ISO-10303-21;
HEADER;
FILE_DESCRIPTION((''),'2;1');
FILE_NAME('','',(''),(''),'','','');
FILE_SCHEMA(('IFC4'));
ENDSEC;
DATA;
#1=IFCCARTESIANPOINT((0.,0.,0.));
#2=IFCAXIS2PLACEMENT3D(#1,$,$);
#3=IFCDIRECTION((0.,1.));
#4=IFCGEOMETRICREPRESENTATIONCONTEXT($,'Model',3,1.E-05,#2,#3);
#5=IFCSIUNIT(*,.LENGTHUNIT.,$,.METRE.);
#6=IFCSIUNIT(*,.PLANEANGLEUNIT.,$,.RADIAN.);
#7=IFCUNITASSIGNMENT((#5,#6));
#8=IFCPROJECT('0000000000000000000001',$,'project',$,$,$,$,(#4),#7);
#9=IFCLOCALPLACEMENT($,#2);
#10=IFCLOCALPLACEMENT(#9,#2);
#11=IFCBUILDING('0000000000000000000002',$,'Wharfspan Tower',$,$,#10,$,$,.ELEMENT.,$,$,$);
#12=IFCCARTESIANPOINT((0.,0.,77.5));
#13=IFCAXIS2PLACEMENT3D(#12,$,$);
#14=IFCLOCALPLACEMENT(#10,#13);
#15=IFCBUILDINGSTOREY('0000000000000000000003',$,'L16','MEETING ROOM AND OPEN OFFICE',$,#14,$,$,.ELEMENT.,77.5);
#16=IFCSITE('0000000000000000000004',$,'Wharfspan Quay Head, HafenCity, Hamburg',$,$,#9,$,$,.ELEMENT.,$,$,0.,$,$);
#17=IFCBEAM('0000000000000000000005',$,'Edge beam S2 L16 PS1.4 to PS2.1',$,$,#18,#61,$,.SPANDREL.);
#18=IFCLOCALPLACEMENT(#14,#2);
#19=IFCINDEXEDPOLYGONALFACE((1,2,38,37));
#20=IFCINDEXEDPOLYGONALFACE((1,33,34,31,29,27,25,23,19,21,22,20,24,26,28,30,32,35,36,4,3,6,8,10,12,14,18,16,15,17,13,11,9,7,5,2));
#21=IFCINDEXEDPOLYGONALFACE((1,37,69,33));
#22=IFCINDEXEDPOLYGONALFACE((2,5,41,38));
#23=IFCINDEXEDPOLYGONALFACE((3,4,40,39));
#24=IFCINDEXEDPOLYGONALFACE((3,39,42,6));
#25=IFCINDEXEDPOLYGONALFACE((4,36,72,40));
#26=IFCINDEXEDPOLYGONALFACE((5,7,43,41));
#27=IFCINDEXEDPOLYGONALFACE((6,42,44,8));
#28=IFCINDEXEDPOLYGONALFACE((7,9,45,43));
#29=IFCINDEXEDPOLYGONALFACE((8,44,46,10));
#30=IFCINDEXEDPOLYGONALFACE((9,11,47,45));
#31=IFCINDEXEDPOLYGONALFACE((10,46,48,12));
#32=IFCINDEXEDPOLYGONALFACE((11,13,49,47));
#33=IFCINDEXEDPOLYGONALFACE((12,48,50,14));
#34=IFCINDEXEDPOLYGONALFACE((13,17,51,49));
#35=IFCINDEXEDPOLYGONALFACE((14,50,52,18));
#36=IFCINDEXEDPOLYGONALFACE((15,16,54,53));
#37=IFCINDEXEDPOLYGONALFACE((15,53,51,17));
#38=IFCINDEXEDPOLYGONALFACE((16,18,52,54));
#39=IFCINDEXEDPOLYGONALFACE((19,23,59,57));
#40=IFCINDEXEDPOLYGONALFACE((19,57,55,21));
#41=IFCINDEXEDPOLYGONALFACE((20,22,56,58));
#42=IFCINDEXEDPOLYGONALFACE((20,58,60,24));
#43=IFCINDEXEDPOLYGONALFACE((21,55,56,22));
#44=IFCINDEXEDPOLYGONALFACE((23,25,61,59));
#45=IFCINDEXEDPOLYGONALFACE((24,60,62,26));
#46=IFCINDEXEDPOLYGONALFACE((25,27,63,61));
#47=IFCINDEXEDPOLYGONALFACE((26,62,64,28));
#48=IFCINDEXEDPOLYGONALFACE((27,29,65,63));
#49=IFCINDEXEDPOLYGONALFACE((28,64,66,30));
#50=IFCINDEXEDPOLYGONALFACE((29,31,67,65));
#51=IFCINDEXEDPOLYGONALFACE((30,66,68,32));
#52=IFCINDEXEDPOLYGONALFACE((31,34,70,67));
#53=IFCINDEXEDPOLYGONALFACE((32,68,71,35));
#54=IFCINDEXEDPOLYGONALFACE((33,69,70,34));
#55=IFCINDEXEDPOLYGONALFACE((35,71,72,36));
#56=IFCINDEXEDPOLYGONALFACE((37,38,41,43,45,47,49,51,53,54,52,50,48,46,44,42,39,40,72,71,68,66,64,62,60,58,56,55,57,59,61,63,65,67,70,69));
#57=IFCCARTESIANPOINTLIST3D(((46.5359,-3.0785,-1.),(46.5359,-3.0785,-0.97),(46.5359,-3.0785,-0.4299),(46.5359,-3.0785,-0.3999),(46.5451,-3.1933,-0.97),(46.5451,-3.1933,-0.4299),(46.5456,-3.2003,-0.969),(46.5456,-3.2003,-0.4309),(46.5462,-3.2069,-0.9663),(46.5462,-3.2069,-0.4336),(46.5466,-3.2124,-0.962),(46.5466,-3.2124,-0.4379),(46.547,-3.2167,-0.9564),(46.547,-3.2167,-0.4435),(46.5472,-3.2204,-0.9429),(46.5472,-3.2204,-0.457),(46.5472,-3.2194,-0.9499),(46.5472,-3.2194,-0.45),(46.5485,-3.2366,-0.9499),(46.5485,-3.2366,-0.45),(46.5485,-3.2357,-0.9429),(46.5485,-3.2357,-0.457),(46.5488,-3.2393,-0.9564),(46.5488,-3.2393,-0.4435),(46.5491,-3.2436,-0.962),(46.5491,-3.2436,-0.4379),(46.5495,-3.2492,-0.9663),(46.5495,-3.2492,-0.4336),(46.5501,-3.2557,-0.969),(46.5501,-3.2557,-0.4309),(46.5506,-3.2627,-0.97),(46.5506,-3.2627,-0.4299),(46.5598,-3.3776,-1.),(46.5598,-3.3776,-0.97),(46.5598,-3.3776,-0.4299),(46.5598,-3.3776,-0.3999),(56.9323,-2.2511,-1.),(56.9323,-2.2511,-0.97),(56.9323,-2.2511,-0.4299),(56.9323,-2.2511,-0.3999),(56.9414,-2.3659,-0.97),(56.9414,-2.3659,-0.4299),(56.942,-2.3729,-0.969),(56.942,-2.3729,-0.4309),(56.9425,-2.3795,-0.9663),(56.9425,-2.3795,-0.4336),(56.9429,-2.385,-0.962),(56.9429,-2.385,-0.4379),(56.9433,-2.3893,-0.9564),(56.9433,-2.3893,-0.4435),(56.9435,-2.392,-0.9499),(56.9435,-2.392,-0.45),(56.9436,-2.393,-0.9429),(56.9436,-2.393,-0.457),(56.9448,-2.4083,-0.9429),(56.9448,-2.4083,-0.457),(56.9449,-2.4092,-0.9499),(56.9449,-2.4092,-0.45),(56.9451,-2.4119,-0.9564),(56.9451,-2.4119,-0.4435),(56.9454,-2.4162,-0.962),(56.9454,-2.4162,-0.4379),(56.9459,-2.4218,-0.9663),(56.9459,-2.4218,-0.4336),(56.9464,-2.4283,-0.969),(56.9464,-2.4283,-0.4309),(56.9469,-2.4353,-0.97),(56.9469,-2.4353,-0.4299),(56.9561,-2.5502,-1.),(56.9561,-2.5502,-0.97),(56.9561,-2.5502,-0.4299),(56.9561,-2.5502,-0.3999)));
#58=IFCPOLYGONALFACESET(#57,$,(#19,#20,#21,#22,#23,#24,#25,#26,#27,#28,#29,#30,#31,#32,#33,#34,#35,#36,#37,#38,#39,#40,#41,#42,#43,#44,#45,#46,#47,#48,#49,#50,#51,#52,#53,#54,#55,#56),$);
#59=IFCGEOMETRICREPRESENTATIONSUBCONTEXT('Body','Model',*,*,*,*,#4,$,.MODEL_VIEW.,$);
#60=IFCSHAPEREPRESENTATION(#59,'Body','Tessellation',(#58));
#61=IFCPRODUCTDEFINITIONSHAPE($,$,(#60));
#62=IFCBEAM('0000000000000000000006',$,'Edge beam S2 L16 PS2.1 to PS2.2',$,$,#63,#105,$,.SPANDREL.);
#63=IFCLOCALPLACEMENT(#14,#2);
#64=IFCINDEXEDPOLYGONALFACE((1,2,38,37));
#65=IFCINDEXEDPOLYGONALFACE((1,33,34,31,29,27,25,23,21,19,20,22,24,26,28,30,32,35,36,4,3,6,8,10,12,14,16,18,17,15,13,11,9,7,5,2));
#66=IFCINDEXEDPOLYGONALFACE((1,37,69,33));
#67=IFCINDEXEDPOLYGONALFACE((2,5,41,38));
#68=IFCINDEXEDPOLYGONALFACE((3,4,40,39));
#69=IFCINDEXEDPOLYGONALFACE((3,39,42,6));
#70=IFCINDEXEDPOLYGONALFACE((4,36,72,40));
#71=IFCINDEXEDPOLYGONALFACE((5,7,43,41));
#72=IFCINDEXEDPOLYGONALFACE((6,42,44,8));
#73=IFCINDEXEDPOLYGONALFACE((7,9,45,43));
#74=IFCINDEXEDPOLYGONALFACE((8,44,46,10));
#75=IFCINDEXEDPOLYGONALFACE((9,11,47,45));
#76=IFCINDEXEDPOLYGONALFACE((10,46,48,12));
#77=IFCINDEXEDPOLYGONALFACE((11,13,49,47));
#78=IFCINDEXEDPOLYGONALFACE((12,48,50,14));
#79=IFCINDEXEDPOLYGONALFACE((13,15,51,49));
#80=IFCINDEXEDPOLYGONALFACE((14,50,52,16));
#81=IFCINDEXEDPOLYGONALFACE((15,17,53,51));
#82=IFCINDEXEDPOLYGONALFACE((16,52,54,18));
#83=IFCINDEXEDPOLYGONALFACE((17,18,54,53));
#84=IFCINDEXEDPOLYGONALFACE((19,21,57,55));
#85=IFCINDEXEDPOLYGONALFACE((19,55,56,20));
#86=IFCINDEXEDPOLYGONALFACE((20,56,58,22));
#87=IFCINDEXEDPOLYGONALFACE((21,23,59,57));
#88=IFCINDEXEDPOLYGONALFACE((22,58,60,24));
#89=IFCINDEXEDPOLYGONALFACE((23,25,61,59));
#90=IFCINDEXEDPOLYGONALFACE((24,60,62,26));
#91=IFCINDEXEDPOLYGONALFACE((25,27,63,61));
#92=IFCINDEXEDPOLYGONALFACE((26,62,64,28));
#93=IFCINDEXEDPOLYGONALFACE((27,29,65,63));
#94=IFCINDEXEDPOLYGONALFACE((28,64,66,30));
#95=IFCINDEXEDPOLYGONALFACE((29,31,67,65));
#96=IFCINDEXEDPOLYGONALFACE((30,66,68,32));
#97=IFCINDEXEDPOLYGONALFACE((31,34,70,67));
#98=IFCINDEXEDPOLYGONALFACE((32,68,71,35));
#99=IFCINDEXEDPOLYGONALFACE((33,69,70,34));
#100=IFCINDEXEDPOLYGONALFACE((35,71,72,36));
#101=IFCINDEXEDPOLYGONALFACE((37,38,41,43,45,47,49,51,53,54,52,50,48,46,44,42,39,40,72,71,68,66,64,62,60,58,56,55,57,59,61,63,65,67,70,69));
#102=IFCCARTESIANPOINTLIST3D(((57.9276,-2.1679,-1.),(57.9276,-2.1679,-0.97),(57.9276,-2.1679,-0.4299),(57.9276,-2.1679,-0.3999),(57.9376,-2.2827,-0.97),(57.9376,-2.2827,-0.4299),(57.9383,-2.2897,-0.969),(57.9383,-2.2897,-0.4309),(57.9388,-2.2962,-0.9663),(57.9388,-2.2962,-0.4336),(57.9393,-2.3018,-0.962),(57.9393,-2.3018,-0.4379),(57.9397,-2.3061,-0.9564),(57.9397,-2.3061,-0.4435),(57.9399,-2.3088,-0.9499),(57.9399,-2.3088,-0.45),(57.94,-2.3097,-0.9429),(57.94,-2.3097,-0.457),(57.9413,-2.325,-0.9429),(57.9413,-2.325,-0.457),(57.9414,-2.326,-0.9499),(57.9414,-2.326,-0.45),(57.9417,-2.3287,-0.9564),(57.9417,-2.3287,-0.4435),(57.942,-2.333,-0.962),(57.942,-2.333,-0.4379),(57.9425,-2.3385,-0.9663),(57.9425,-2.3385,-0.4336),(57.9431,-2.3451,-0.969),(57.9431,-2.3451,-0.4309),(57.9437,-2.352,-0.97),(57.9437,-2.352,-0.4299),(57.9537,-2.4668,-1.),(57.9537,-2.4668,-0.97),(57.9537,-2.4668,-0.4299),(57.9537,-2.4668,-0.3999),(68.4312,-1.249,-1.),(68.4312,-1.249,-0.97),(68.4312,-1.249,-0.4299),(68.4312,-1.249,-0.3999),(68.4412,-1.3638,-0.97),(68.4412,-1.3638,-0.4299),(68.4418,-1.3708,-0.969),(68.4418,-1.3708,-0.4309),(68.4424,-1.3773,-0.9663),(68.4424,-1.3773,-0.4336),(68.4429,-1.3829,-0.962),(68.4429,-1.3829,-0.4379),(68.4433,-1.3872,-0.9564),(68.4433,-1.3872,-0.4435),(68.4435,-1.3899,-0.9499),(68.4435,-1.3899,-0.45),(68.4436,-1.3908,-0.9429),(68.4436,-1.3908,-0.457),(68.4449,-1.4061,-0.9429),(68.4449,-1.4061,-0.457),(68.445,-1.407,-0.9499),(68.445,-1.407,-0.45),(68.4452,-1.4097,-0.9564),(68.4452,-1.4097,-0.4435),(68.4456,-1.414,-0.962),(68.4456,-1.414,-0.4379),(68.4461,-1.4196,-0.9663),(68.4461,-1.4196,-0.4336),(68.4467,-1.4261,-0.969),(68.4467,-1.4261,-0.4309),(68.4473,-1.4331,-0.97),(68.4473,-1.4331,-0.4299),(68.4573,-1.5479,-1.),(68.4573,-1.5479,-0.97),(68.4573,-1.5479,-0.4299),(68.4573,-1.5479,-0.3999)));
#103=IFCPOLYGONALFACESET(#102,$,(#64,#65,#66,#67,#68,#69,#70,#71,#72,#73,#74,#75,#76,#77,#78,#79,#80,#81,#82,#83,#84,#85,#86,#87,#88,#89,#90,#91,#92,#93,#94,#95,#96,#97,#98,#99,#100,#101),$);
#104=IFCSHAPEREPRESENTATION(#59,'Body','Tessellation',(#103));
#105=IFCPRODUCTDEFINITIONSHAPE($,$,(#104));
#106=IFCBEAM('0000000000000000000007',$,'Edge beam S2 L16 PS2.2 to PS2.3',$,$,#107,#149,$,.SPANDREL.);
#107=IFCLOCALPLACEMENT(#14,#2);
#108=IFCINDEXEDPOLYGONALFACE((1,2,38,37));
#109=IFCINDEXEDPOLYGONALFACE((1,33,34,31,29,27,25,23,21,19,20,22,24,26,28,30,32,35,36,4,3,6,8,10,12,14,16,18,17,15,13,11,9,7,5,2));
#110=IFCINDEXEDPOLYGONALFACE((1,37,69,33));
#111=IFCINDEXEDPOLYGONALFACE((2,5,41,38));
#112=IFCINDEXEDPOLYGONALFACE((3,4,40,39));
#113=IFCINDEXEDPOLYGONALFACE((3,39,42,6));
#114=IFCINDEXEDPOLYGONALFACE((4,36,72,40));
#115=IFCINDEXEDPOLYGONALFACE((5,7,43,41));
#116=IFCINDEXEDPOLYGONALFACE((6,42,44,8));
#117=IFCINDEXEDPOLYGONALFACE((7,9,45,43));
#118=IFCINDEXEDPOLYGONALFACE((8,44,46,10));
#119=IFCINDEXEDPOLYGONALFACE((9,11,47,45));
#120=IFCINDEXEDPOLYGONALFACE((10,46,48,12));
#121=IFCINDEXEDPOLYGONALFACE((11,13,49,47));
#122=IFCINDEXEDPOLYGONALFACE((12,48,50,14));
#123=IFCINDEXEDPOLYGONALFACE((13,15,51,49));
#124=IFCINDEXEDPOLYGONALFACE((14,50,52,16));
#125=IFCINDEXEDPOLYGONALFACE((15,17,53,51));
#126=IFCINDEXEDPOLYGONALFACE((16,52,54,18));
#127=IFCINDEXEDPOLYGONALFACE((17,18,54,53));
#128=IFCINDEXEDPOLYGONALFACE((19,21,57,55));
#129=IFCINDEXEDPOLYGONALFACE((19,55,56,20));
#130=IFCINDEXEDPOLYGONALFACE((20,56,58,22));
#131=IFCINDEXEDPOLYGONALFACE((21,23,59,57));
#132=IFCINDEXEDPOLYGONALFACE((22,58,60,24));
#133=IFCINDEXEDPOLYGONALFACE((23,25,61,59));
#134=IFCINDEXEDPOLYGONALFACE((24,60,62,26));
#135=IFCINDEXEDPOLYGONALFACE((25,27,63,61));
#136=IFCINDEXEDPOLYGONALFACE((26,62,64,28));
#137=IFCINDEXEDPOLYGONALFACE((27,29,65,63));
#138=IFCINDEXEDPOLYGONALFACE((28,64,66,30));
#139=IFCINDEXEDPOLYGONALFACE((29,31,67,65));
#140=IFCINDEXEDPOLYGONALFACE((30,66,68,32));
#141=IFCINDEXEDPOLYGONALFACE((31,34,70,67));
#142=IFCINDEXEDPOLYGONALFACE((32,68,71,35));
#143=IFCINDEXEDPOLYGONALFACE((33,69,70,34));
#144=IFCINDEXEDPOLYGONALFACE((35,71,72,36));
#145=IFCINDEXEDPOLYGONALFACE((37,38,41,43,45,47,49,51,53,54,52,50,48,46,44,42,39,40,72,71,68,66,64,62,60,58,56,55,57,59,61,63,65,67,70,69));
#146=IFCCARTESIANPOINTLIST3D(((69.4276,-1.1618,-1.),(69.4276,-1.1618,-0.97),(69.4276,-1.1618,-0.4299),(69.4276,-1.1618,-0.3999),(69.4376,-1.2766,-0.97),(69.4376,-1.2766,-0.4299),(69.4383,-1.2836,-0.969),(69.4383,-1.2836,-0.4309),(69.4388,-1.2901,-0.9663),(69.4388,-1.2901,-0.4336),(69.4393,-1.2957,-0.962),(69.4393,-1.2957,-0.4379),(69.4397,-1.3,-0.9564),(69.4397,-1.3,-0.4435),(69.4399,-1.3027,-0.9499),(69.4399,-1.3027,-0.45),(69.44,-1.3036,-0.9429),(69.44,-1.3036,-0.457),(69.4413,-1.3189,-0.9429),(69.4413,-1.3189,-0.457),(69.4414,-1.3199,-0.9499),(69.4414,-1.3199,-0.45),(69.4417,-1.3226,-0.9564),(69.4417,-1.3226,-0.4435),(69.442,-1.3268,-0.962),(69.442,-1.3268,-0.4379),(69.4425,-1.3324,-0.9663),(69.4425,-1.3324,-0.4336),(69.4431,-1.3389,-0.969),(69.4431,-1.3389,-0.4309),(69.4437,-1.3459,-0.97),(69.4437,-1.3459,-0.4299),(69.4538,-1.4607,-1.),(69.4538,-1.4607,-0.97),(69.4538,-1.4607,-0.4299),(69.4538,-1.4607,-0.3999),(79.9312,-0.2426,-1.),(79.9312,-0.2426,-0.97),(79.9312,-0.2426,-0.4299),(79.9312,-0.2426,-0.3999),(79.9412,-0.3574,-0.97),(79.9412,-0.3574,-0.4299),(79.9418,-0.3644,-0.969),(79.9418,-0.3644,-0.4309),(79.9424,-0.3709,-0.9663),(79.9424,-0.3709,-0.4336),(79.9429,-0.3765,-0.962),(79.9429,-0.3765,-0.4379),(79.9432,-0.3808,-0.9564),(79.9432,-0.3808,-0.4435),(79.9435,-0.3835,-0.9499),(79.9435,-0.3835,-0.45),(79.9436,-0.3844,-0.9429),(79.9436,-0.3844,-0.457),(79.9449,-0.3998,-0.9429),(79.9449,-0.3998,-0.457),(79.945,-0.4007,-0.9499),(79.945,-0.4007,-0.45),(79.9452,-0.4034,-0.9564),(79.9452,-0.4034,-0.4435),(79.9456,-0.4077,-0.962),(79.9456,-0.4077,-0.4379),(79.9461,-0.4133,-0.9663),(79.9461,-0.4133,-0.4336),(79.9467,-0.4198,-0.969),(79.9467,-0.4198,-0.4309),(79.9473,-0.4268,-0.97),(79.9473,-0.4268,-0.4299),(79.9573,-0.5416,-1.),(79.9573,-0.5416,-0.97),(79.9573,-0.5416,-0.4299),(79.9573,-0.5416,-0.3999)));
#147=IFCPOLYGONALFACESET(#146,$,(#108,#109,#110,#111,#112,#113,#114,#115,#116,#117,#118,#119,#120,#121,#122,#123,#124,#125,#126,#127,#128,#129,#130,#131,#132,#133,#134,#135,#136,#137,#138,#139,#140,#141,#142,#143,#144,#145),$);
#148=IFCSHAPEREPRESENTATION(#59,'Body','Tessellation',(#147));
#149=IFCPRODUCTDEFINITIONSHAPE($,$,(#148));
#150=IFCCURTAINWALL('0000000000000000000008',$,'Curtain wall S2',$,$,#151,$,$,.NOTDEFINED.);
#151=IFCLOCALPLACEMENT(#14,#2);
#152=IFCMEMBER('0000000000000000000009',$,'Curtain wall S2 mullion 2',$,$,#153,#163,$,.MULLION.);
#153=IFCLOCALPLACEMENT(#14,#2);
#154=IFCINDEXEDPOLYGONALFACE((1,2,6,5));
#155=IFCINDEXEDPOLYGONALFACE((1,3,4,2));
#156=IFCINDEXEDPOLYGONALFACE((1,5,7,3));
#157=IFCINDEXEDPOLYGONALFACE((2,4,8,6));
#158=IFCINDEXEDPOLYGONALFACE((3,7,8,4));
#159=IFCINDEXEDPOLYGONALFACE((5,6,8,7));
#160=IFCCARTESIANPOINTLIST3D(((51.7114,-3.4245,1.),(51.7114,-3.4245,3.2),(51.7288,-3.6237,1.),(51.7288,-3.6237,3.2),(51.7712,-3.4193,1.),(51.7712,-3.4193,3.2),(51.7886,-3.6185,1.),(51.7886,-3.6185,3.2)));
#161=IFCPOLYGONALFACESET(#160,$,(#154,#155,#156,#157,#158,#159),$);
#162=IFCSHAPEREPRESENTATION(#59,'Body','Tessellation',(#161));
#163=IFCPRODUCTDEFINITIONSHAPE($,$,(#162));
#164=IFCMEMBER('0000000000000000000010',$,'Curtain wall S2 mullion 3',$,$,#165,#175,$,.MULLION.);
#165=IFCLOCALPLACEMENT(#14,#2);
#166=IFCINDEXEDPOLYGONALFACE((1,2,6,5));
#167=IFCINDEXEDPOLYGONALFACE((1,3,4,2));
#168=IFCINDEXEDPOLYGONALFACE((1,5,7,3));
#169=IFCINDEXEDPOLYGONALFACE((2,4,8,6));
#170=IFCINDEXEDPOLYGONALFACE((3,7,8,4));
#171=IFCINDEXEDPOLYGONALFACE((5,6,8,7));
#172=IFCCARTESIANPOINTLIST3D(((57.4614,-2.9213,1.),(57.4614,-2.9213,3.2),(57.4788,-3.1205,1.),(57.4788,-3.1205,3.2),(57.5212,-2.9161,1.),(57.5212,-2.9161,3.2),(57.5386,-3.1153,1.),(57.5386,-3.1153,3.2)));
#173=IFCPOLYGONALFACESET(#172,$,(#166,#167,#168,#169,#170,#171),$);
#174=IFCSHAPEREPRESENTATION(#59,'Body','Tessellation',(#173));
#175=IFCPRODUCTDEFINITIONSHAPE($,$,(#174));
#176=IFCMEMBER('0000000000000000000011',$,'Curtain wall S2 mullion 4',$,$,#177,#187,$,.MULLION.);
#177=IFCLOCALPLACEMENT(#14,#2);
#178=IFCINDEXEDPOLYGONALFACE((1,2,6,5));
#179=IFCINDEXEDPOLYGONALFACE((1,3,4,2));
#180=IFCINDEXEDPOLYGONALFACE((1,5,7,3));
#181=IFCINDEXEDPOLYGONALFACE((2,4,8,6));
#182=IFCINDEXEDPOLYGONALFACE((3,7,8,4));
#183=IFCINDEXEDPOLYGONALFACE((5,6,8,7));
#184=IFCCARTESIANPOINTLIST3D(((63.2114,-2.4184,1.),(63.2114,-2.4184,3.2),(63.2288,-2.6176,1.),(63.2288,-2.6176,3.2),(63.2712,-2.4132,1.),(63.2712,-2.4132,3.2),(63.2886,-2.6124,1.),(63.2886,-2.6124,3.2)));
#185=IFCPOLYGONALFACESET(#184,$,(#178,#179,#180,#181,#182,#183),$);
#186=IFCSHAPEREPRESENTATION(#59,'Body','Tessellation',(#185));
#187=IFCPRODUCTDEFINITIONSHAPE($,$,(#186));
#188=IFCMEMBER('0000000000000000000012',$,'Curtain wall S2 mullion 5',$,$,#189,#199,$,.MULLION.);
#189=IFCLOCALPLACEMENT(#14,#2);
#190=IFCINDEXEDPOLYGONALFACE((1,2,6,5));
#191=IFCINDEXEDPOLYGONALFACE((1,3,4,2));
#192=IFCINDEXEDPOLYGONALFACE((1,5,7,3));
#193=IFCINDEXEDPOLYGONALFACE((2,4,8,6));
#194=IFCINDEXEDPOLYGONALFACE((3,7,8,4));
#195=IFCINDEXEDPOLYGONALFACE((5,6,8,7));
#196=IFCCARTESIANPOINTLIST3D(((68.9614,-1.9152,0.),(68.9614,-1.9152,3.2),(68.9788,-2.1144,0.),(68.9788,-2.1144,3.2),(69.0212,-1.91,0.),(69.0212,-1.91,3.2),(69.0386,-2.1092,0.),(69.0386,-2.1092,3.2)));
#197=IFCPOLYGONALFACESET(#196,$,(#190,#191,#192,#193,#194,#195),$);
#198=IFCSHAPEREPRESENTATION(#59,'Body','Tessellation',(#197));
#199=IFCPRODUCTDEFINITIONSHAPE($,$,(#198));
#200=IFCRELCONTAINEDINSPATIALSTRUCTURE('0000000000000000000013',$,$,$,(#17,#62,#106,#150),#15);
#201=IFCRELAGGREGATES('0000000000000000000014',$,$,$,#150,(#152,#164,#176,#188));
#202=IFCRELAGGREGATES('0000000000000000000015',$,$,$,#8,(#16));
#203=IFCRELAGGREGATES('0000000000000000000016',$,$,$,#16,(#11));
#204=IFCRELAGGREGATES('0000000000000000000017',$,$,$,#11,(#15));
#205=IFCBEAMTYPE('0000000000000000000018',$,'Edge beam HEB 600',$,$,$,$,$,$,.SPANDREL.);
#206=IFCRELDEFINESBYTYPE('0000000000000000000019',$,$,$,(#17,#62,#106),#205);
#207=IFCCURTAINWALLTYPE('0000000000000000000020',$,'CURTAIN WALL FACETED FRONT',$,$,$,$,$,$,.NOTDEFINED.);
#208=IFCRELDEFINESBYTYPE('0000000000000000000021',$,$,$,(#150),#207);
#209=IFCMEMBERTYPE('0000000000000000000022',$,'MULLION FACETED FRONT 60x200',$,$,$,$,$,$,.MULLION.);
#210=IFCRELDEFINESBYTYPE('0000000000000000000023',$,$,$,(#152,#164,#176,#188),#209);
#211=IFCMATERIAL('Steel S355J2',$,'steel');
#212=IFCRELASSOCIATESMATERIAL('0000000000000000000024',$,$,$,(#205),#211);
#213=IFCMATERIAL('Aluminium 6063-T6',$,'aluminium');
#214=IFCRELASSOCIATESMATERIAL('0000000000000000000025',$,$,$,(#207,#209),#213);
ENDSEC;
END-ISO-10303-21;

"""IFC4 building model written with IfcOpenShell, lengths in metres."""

from ifc_helpers import new_model, si_unit, direction, frame, origin, origin_2d, place, context, subcontext, project, spatial, rectangle, i_section, extrude, material, material_profile, profile_set, type_object, element, aggregate, save


model = new_model("IFC4")

# Units and contexts
model_context = context("Model", 3, precision=1e-05, world=origin(), true_north=direction((0.0, 1.0)))
body_context = subcontext(model_context, "Body", "Model", "MODEL_VIEW")
ifc_project = project(units=[si_unit("LENGTHUNIT", "METRE"), si_unit("PLANEANGLEUNIT", "RADIAN")], contexts=[model_context])

# Site, building, storey
site_placement = place(None, origin())
site = spatial("IfcSite", under=ifc_project, at=site_placement, Name="Wharfspan Quay Head, HafenCity, Hamburg", CompositionType="ELEMENT", RefElevation=0.0)
building_placement = place(site_placement, origin())
building = spatial("IfcBuilding", under=site, at=building_placement, Name="Wharfspan Tower", CompositionType="ELEMENT")
storey_placement = place(building_placement, frame((0.0, 0.0, 77.5)))
storey = spatial("IfcBuildingStorey", under=building, at=storey_placement, Name="L16", Description="MEETING ROOM AND OPEN OFFICE", CompositionType="ELEMENT", Elevation=77.5)

# Shared definitions
ifc_material_1 = material(Name="Steel S355J2", Category="steel")

# Beams
ifc_material_profile_1 = material_profile(ifc_material_1, i_section(OverallWidth=0.3, OverallDepth=0.6001, WebThickness=0.0154, FlangeThickness=0.03, FilletRadius=0.0271, at=origin_2d()))
ifc_profile_set_1 = profile_set([ifc_material_profile_1], Name="Steel S355J2")
beam_type = type_object("IfcBeamType", Name="Edge beam HEB 600", PredefinedType="SPANDREL", material=ifc_profile_set_1)
beam_placement = place(storey_placement, frame((46.5479, -3.228, -0.7), z_axis=(0.996848, 0.079335, 0.0), x_axis=(-0.079335, 0.996848, 0.0)))
element("IfcBeam", 1, at=beam_placement, inside=storey, type_object=beam_type, Name="Edge beam S2 L16 PS1.4 to PS2.1", PredefinedType="SPANDREL", context=body_context, shape_type="SweptSolid", body=[
    extrude(i_section(OverallWidth=0.3, OverallDepth=0.6001, WebThickness=0.0154, FlangeThickness=0.03, FilletRadius=0.0271, at=origin_2d()), origin(), (0.0, 0.0, 1.0), 10.4292),
])
for number, where, z_axis, x_axis, name in (
    (2, (57.9407, -2.3174, -0.7), (0.996195, 0.087155, 0.0), (-0.087155, 0.996195, 0.0), "Edge beam S2 L16 PS2.1 to PS2.2"),
    (3, (69.4407, -1.3113, -0.7), (0.996193, 0.087178, 0.0), (-0.087178, 0.996193, 0.0), "Edge beam S2 L16 PS2.2 to PS2.3"),
):
    element("IfcBeam", number, at=place(storey_placement, frame(where, z_axis=z_axis, x_axis=x_axis)), inside=storey, type_object=beam_type, Name=name, PredefinedType="SPANDREL", context=body_context, shape_type="SweptSolid", body=[
        extrude(i_section(OverallWidth=0.3, OverallDepth=0.6001, WebThickness=0.0154, FlangeThickness=0.03, FilletRadius=0.0271, at=origin_2d()), origin(), (0.0, 0.0, 1.0), 10.5437),
    ])

# Curtain wall, members
ifc_material_2 = material(Name="Aluminium 6063-T6", Category="aluminium")
curtain_wall_type = type_object("IfcCurtainWallType", Name="CURTAIN WALL FACETED FRONT", PredefinedType="NOTDEFINED", material=ifc_material_2)
curtain_wall_placement = place(storey_placement, origin())
curtain_wall = element("IfcCurtainWall", 4, at=curtain_wall_placement, inside=storey, type_object=curtain_wall_type, Name="Curtain wall S2", PredefinedType="NOTDEFINED")
ifc_material_profile_2 = material_profile(ifc_material_2, rectangle(XDim=0.2, YDim=0.0601, at=origin_2d()))
ifc_profile_set_2 = profile_set([ifc_material_profile_2], Name="Aluminium 6063-T6")
member_type_1 = type_object("IfcMemberType", Name="MULLION FACETED FRONT 60x200", PredefinedType="MULLION", material=ifc_profile_set_2)
member_1_placement = place(storey_placement, frame((51.75, -3.5215, 1.0), z_axis=(0.0, 0.0, 1.0), x_axis=(-0.087156, 0.996197, 0.0)))
member_1 = element("IfcMember", 5, at=member_1_placement, type_object=member_type_1, Name="Curtain wall S2 mullion 2", PredefinedType="MULLION", context=body_context, shape_type="SweptSolid", body=[
    extrude(rectangle(XDim=0.2, YDim=0.0601, at=origin_2d()), origin(), (0.0, 0.0, 1.0), 2.2),
])
member_2_placement = place(storey_placement, frame((57.5, -3.0183, 1.0), z_axis=(0.0, 0.0, 1.0), x_axis=(-0.087156, 0.996197, 0.0)))
member_2 = element("IfcMember", 6, at=member_2_placement, type_object=member_type_1, Name="Curtain wall S2 mullion 3", PredefinedType="MULLION", context=body_context, shape_type="SweptSolid", body=[
    extrude(rectangle(XDim=0.2, YDim=0.0601, at=origin_2d()), origin(), (0.0, 0.0, 1.0), 2.2),
])
member_3_placement = place(storey_placement, frame((63.25, -2.5154, 1.0), z_axis=(0.0, 0.0, 1.0), x_axis=(-0.087156, 0.996197, 0.0)))
member_3 = element("IfcMember", 7, at=member_3_placement, type_object=member_type_1, Name="Curtain wall S2 mullion 4", PredefinedType="MULLION", context=body_context, shape_type="SweptSolid", body=[
    extrude(rectangle(XDim=0.2, YDim=0.0601, at=origin_2d()), origin(), (0.0, 0.0, 1.0), 2.2),
])
member_4_placement = place(storey_placement, frame((69.0, -2.0122, 0.0), z_axis=(0.0, 0.0, 1.0), x_axis=(-0.087156, 0.996197, 0.0)))
member_4 = element("IfcMember", 8, at=member_4_placement, type_object=member_type_1, Name="Curtain wall S2 mullion 5", PredefinedType="MULLION", context=body_context, shape_type="SweptSolid", body=[
    extrude(rectangle(XDim=0.2, YDim=0.0601, at=origin_2d()), origin(), (0.0, 0.0, 1.0), 3.2),
])
aggregate(curtain_wall, [member_1, member_2, member_3, member_4])

save(model, "model.ifc")
